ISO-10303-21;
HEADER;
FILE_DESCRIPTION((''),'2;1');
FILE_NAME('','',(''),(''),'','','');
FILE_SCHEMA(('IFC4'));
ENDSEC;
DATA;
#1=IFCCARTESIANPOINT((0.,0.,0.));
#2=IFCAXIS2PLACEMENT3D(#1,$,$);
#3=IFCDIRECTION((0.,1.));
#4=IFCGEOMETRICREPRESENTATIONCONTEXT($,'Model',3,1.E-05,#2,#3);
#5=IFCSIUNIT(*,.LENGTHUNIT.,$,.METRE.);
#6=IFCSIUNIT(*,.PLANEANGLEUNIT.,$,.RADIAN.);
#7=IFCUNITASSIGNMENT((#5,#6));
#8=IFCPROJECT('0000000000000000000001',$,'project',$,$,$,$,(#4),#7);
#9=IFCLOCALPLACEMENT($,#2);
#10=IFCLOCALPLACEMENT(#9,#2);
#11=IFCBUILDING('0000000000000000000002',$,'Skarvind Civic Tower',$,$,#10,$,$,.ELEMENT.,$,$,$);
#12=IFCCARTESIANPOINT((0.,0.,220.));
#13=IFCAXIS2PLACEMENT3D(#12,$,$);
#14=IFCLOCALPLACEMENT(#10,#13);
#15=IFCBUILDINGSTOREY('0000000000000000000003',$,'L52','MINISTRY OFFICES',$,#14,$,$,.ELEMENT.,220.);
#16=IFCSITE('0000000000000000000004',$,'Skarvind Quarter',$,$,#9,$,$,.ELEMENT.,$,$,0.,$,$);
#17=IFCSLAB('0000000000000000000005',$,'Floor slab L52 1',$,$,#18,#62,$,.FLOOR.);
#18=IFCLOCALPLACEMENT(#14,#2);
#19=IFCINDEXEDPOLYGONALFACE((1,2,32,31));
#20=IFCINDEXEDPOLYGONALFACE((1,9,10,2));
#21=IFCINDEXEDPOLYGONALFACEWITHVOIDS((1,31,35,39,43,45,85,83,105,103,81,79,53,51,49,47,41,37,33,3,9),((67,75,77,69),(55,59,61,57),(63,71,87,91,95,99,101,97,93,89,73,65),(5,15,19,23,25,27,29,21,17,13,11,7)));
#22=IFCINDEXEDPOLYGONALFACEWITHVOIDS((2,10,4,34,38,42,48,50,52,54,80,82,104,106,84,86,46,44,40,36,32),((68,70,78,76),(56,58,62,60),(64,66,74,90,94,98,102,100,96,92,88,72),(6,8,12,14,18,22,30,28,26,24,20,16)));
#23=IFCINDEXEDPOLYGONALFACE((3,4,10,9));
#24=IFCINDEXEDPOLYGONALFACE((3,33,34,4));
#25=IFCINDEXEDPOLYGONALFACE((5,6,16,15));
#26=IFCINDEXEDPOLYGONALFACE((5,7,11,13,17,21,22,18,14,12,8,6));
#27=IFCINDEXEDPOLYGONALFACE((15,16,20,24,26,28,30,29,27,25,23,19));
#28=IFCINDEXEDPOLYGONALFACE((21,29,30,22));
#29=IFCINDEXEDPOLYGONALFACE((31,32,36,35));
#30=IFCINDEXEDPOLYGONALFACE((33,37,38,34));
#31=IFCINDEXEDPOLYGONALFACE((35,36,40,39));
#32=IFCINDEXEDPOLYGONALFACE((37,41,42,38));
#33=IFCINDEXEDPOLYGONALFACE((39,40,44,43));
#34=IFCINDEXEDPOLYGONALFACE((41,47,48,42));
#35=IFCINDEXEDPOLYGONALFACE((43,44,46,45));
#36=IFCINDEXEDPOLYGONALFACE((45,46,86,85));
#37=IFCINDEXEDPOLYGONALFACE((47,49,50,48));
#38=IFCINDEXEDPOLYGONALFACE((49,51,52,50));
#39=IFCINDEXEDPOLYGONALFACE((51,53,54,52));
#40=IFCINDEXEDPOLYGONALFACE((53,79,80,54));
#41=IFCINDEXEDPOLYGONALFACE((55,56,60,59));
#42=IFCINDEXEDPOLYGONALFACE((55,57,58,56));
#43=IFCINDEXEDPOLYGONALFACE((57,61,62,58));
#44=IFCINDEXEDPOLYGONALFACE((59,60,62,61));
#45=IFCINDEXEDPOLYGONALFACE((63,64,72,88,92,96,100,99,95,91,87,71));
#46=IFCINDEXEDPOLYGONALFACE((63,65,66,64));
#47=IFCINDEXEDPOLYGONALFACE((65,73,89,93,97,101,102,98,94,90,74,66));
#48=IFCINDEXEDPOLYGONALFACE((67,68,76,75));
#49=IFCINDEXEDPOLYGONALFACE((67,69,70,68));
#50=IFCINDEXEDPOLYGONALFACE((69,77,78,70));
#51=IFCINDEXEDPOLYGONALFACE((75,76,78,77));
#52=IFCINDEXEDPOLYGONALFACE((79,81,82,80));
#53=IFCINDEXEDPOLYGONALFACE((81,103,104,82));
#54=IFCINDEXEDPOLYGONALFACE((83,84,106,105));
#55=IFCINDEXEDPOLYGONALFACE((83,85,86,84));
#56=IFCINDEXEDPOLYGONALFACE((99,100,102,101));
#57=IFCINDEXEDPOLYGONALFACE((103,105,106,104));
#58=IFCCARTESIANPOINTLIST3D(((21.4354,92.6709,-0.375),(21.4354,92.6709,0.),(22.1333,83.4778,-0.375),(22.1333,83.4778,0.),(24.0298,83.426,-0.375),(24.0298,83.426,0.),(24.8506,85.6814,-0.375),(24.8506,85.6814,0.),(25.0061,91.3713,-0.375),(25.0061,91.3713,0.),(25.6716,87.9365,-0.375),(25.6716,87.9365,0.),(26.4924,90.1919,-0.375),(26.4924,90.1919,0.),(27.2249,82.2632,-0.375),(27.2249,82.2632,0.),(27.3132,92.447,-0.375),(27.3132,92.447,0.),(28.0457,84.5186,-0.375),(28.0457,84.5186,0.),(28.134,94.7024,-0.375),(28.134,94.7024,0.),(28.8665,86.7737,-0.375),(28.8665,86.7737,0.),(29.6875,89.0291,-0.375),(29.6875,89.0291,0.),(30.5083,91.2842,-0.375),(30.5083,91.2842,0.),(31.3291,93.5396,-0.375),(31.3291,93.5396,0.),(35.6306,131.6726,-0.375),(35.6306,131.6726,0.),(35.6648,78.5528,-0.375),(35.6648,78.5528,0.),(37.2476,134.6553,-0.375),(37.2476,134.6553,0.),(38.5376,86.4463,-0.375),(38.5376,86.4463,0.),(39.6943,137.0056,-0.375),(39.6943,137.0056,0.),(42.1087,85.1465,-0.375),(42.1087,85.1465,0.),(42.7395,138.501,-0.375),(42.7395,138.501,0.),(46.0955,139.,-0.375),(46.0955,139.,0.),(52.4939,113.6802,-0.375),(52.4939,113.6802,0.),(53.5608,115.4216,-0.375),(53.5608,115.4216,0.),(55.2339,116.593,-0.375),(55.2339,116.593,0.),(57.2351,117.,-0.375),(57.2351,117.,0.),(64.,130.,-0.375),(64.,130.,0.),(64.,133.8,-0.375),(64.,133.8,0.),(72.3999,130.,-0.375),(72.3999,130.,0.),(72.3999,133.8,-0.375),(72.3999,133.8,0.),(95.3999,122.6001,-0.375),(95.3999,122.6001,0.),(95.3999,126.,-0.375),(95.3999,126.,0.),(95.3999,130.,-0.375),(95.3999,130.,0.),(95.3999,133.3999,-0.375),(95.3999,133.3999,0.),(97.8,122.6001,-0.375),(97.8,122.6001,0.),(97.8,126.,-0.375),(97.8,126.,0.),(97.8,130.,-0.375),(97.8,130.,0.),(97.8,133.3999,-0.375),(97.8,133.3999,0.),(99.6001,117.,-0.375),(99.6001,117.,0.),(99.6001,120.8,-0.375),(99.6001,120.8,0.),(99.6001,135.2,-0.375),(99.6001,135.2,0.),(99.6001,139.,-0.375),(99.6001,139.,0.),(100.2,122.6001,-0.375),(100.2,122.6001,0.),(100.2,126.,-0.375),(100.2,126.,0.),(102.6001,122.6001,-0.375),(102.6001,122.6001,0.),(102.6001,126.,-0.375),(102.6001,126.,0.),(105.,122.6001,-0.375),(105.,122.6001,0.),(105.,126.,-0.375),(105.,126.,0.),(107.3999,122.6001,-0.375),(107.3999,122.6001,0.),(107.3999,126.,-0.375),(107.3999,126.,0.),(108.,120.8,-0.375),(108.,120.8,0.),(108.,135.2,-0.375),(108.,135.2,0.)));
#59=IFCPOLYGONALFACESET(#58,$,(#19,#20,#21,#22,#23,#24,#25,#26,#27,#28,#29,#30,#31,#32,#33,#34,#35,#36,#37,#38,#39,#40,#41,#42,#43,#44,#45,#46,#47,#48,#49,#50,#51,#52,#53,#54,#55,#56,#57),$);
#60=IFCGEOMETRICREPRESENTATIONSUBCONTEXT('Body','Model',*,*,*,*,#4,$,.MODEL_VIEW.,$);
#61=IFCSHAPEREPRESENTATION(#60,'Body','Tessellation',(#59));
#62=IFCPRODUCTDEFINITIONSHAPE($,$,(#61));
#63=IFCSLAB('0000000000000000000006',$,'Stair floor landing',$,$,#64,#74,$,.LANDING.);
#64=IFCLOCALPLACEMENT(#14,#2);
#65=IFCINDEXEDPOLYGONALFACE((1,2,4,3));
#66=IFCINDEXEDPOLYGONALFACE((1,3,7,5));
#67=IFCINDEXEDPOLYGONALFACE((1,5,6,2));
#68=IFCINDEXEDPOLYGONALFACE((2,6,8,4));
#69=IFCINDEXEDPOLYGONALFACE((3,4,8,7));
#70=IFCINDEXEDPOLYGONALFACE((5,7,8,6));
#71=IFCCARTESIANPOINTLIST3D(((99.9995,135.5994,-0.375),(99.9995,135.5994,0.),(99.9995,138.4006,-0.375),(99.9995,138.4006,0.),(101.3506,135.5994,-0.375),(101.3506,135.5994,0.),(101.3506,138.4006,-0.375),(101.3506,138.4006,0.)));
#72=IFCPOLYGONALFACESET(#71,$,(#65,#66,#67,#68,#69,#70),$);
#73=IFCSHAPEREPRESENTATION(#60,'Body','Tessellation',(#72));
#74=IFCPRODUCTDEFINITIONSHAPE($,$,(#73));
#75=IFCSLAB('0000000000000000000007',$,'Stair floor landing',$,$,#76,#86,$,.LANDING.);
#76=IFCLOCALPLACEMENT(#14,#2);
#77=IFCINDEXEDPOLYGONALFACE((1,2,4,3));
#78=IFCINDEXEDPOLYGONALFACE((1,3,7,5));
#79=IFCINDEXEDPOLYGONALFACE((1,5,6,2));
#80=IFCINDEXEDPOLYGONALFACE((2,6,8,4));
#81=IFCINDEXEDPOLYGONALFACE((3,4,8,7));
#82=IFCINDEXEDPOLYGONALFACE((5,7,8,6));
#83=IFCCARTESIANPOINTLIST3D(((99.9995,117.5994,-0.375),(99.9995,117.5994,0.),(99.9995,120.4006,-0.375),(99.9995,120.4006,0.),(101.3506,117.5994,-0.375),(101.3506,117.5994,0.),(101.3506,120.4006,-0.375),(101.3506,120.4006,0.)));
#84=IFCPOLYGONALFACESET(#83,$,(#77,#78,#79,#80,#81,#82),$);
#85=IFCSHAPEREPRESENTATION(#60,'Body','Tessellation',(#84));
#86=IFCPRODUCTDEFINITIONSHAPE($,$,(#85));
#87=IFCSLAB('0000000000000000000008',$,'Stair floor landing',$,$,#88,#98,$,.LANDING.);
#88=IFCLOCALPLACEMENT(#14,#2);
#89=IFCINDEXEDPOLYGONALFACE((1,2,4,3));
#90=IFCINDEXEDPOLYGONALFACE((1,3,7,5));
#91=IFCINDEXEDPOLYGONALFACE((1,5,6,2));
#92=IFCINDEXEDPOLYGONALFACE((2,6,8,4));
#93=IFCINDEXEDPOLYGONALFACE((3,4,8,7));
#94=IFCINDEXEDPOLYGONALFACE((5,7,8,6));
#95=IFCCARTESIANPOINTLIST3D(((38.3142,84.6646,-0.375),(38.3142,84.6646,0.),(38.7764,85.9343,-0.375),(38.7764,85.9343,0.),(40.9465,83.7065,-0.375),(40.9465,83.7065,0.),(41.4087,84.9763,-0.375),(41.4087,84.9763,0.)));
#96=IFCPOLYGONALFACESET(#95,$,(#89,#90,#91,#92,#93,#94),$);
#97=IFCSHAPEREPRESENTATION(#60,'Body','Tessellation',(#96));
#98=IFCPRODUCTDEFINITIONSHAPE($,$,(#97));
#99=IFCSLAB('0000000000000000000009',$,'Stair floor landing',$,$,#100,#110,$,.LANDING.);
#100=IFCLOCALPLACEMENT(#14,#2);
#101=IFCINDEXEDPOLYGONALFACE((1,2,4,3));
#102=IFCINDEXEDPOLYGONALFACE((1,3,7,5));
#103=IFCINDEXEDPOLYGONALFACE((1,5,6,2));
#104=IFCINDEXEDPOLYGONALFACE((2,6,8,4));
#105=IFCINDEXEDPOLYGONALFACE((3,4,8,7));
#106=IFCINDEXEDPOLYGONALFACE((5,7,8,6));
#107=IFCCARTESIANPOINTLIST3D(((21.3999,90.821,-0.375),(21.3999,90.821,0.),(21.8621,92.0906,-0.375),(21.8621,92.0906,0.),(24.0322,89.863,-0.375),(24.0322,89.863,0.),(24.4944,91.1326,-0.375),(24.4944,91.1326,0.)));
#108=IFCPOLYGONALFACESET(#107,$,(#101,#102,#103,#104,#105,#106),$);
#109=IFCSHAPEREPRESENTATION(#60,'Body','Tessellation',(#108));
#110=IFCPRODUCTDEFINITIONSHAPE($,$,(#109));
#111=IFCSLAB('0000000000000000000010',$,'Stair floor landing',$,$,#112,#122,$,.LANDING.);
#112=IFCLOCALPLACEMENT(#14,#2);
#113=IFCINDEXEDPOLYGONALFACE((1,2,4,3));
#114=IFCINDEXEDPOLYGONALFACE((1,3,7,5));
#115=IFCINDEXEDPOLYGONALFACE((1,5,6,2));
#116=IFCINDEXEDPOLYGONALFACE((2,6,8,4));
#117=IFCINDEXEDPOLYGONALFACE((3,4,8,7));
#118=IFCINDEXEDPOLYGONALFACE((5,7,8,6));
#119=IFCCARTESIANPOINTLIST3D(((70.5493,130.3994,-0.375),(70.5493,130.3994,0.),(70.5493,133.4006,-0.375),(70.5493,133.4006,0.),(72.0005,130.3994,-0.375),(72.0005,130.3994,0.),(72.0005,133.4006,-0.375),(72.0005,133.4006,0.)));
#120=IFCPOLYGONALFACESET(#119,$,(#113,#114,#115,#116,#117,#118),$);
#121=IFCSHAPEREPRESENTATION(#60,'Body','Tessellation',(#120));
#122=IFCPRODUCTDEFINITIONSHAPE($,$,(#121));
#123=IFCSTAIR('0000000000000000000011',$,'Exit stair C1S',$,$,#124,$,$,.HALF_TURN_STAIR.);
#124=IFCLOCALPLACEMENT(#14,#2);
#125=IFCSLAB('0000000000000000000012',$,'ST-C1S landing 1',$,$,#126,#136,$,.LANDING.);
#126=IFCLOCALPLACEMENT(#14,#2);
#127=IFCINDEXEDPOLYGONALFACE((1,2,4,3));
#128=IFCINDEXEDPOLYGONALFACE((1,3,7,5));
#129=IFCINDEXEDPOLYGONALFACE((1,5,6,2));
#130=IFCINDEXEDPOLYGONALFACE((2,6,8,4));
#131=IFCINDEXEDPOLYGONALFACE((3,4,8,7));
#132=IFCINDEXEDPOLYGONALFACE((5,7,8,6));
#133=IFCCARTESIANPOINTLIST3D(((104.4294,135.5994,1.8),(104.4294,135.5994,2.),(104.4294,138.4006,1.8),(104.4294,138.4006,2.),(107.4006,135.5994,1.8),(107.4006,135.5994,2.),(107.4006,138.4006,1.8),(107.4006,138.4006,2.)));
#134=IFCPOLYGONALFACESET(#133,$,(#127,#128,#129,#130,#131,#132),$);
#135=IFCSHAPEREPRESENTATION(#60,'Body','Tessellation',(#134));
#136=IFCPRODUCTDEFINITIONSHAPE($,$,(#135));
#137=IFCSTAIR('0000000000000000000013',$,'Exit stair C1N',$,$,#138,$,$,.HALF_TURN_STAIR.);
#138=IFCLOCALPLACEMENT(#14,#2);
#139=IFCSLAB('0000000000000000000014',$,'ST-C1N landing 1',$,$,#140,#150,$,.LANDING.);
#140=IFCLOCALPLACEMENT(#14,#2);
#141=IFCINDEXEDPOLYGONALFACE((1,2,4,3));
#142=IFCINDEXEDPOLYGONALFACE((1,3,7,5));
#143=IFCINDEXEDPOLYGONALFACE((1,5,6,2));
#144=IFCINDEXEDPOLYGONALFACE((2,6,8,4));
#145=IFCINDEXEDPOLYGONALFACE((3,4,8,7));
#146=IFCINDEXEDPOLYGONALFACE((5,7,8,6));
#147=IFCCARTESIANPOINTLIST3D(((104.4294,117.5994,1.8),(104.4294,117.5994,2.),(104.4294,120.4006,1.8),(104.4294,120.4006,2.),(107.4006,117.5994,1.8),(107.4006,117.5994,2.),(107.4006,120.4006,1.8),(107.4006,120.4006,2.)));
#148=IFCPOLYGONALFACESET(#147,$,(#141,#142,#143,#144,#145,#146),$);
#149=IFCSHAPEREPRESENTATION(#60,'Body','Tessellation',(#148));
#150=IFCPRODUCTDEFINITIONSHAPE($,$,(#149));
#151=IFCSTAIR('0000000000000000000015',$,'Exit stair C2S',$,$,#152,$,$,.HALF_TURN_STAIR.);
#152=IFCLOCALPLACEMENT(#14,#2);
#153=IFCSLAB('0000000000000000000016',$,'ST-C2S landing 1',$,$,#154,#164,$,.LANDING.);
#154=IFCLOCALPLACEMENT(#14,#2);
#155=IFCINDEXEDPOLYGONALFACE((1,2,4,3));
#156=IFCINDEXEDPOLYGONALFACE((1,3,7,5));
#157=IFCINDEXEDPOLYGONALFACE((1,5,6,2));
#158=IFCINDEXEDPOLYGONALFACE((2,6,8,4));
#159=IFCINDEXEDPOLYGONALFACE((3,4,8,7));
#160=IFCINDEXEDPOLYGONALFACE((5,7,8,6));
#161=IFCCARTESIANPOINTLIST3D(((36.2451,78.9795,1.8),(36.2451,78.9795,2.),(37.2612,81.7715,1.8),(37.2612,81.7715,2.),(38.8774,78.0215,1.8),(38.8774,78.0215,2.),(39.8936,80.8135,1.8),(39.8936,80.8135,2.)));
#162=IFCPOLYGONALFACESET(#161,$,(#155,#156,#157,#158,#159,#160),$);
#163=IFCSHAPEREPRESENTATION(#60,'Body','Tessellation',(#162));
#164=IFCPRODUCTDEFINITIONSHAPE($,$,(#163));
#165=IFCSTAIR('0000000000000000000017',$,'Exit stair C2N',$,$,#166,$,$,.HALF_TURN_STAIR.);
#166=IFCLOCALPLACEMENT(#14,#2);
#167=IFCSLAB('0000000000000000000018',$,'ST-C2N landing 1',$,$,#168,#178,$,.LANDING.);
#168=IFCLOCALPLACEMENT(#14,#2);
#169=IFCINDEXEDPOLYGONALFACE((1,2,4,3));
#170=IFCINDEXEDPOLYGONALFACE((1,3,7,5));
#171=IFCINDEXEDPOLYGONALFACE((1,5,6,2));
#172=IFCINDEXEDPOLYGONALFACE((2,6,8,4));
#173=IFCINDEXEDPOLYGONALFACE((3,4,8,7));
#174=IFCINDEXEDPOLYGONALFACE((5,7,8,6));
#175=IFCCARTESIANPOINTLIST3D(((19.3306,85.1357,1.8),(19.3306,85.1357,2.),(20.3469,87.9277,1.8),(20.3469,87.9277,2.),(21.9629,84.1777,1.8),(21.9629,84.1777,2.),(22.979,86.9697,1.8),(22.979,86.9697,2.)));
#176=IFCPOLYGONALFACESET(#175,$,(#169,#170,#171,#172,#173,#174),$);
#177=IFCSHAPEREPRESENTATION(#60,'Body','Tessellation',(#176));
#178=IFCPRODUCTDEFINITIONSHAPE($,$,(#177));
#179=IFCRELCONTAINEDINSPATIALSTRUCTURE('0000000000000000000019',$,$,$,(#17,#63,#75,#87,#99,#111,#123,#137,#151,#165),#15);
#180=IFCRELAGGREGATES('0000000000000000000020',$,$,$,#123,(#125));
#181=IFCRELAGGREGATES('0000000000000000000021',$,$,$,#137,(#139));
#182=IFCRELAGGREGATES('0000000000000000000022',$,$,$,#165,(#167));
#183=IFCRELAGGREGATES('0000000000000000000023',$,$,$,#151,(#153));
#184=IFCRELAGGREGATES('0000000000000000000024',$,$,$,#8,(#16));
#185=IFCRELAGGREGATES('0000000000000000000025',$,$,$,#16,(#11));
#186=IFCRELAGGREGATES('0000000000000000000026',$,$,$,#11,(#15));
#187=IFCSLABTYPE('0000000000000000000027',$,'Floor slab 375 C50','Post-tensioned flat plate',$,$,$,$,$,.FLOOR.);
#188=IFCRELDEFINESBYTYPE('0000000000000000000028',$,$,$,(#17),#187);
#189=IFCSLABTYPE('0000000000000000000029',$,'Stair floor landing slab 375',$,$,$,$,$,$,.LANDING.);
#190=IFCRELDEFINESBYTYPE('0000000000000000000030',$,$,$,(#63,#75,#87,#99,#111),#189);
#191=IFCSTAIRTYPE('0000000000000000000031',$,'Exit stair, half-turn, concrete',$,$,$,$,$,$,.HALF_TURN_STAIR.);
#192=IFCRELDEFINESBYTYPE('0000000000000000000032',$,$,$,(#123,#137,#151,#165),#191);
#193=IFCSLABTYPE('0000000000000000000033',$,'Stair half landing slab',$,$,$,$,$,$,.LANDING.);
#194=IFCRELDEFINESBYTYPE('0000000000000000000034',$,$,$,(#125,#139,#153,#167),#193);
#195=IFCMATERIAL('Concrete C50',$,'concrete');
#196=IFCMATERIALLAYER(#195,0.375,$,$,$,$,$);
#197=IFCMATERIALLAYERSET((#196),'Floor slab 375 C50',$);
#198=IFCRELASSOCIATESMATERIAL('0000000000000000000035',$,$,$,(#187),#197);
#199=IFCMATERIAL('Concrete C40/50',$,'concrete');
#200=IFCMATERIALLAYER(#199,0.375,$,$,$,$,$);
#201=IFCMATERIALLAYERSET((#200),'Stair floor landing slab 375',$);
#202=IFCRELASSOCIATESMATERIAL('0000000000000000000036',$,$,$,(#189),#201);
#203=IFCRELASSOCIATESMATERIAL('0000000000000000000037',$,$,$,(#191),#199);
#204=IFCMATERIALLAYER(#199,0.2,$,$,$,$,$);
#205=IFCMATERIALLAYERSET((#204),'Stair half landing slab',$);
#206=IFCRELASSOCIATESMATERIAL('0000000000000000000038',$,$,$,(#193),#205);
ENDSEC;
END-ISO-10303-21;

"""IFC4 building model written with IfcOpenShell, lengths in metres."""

from ifc_helpers import new_model, si_unit, direction, frame, origin, place, context, subcontext, project, spatial, polyline, outline, extrude, material, layer, layer_set, type_object, element, aggregate, save


model = new_model("IFC4")

# Units and contexts
model_context = context("Model", 3, precision=1e-05, world=origin(), true_north=direction((0.0, 1.0)))
body_context = subcontext(model_context, "Body", "Model", "MODEL_VIEW")
ifc_project = project(units=[si_unit("LENGTHUNIT", "METRE"), si_unit("PLANEANGLEUNIT", "RADIAN")], contexts=[model_context])

# Site, building, storey
site_placement = place(None, origin())
site = spatial("IfcSite", under=ifc_project, at=site_placement, Name="Skarvind Quarter", CompositionType="ELEMENT", RefElevation=0.0)
building_placement = place(site_placement, origin())
building = spatial("IfcBuilding", under=site, at=building_placement, Name="Skarvind Civic Tower", CompositionType="ELEMENT")
storey_placement = place(building_placement, frame((0.0, 0.0, 220.0)))
storey = spatial("IfcBuildingStorey", under=building, at=storey_placement, Name="L52", Description="MINISTRY OFFICES", CompositionType="ELEMENT", Elevation=220.0)

# Slabs
ifc_material_1 = material(Name="Concrete C50", Category="concrete")
ifc_layer_1 = layer(ifc_material_1, 0.375)
ifc_layer_set_1 = layer_set([ifc_layer_1], Name="Floor slab 375 C50")
slab_type_1 = type_object("IfcSlabType", Name="Floor slab 375 C50", Description="Post-tensioned flat plate", PredefinedType="FLOOR", material=ifc_layer_set_1)
slab_1_placement = place(storey_placement, frame((0.0, 0.0, -0.375)))
element("IfcSlab", 1, at=slab_1_placement, inside=storey, type_object=slab_type_1, Name="Floor slab L52 1", PredefinedType="FLOOR", context=body_context, shape_type="SweptSolid", body=[
    extrude(outline(polyline([(99.6001, 117.0), (99.6001, 120.8), (108.0, 120.8), (108.0, 135.2), (99.6001, 135.2), (99.6001, 139.0), (46.0955, 139.0), (42.7395, 138.501), (39.6943, 137.0056), (37.2476, 134.6553), (35.6306, 131.6726), (19.4175, 87.1267), (21.4353, 92.6709), (25.0061, 91.3713), (22.1333, 83.4778), (36.8865, 78.1082), (35.6648, 78.5527), (38.5376, 86.4463), (42.1086, 85.1465), (40.0908, 79.6023), (40.0908, 79.6023), (52.4939, 113.6802), (53.5608, 115.4216), (55.2339, 116.593), (57.2351, 117.0), (99.6001, 117.0)]), holes=[polyline([(25.6716, 87.9365), (26.4924, 90.1919), (27.3132, 92.447), (28.134, 94.7024), (31.3291, 93.5396), (30.5083, 91.2842), (29.6875, 89.0291), (28.8665, 86.7737), (28.8665, 86.7737), (28.0457, 84.5186), (27.2249, 82.2632), (24.0298, 83.426), (24.8506, 85.6814), (25.6716, 87.9365), (25.6716, 87.9365)]), polyline([(64.0, 130.0), (64.0, 133.8), (72.3999, 133.8), (72.3999, 130.0), (64.0, 130.0)]), polyline([(97.8, 126.0), (100.2, 126.0), (102.6001, 126.0), (105.0, 126.0), (107.3999, 126.0), (107.3999, 122.6001), (105.0, 122.6001), (102.6001, 122.6001), (100.2, 122.6001), (97.8, 122.6001), (95.3999, 122.6001), (95.3999, 126.0), (97.8, 126.0)]), polyline([(97.8, 133.3999), (97.8, 130.0), (95.3999, 130.0), (95.3999, 133.3999), (97.8, 133.3999)])]), origin(), (0.0, 0.0, 1.0), 0.375),
])
ifc_material_2 = material(Name="Concrete C40/50", Category="concrete")
ifc_layer_2 = layer(ifc_material_2, 0.375)
ifc_layer_set_2 = layer_set([ifc_layer_2], Name="Stair floor landing slab 375")
slab_type_2 = type_object("IfcSlabType", Name="Stair floor landing slab 375", PredefinedType="LANDING", material=ifc_layer_set_2)
slab_2_placement = place(storey_placement, frame((0.0, 0.0, -0.375)))
element("IfcSlab", 2, at=slab_2_placement, inside=storey, type_object=slab_type_2, Name="Stair floor landing", PredefinedType="LANDING", context=body_context, shape_type="SweptSolid", body=[
    extrude(outline(polyline([(101.3506, 138.4006), (101.3506, 135.5994), (99.9995, 135.5994), (99.9995, 138.4006), (101.3506, 138.4006)])), origin(), (0.0, 0.0, 1.0), 0.375),
])
slab_3_placement = place(storey_placement, frame((0.0, 0.0, -0.375)))
element("IfcSlab", 3, at=slab_3_placement, inside=storey, type_object=slab_type_2, Name="Stair floor landing", PredefinedType="LANDING", context=body_context, shape_type="SweptSolid", body=[
    extrude(outline(polyline([(101.3506, 120.4006), (101.3506, 117.5994), (99.9995, 117.5994), (99.9995, 120.4006), (101.3506, 120.4006)])), origin(), (0.0, 0.0, 1.0), 0.375),
])
slab_4_placement = place(storey_placement, frame((0.0, 0.0, -0.375)))
element("IfcSlab", 4, at=slab_4_placement, inside=storey, type_object=slab_type_2, Name="Stair floor landing", PredefinedType="LANDING", context=body_context, shape_type="SweptSolid", body=[
    extrude(outline(polyline([(40.9465, 83.7065), (38.3142, 84.6646), (38.7764, 85.9343), (41.4087, 84.9763), (40.9465, 83.7065)])), origin(), (0.0, 0.0, 1.0), 0.375),
])
slab_5_placement = place(storey_placement, frame((0.0, 0.0, -0.375)))
element("IfcSlab", 5, at=slab_5_placement, inside=storey, type_object=slab_type_2, Name="Stair floor landing", PredefinedType="LANDING", context=body_context, shape_type="SweptSolid", body=[
    extrude(outline(polyline([(24.0322, 89.863), (21.3999, 90.821), (21.8621, 92.0906), (24.4944, 91.1326), (24.0322, 89.863)])), origin(), (0.0, 0.0, 1.0), 0.375),
])
slab_6_placement = place(storey_placement, frame((0.0, 0.0, -0.375)))
element("IfcSlab", 6, at=slab_6_placement, inside=storey, type_object=slab_type_2, Name="Stair floor landing", PredefinedType="LANDING", context=body_context, shape_type="SweptSolid", body=[
    extrude(outline(polyline([(70.5493, 130.3994), (70.5493, 133.4006), (72.0005, 133.4006), (72.0005, 130.3994), (70.5493, 130.3994)])), origin(), (0.0, 0.0, 1.0), 0.375),
])

# Stairs, slabs
stair_type_1 = type_object("IfcStairType", Name="Exit stair, half-turn, concrete", PredefinedType="HALF_TURN_STAIR", material=ifc_material_2)
stair_1_placement = place(storey_placement, origin())
stair_1 = element("IfcStair", 7, at=stair_1_placement, inside=storey, type_object=stair_type_1, Name="Exit stair C1S", PredefinedType="HALF_TURN_STAIR")
ifc_layer_3 = layer(ifc_material_2, 0.2)
ifc_layer_set_3 = layer_set([ifc_layer_3], Name="Stair half landing slab")
slab_type_3 = type_object("IfcSlabType", Name="Stair half landing slab", PredefinedType="LANDING", material=ifc_layer_set_3)
slab_7_placement = place(storey_placement, frame((0.0, 0.0, 1.8)))
slab_7 = element("IfcSlab", 8, at=slab_7_placement, type_object=slab_type_3, Name="ST-C1S landing 1", PredefinedType="LANDING", context=body_context, shape_type="SweptSolid", body=[
    extrude(outline(polyline([(104.4294, 135.5994), (104.4294, 138.4006), (107.4006, 138.4006), (107.4006, 135.5994), (104.4294, 135.5994)])), origin(), (0.0, 0.0, 1.0), 0.2),
])
aggregate(stair_1, [slab_7])
stair_2_placement = place(storey_placement, origin())
stair_2 = element("IfcStair", 9, at=stair_2_placement, inside=storey, type_object=stair_type_1, Name="Exit stair C1N", PredefinedType="HALF_TURN_STAIR")
slab_8_placement = place(storey_placement, frame((0.0, 0.0, 1.8)))
slab_8 = element("IfcSlab", 10, at=slab_8_placement, type_object=slab_type_3, Name="ST-C1N landing 1", PredefinedType="LANDING", context=body_context, shape_type="SweptSolid", body=[
    extrude(outline(polyline([(104.4294, 117.5994), (104.4294, 120.4006), (107.4006, 120.4006), (107.4006, 117.5994), (104.4294, 117.5994)])), origin(), (0.0, 0.0, 1.0), 0.2),
])
aggregate(stair_2, [slab_8])
stair_3_placement = place(storey_placement, origin())
stair_3 = element("IfcStair", 11, at=stair_3_placement, inside=storey, type_object=stair_type_1, Name="Exit stair C2S", PredefinedType="HALF_TURN_STAIR")
slab_9_placement = place(storey_placement, frame((0.0, 0.0, 1.8)))
slab_9 = element("IfcSlab", 12, at=slab_9_placement, type_object=slab_type_3, Name="ST-C2S landing 1", PredefinedType="LANDING", context=body_context, shape_type="SweptSolid", body=[
    extrude(outline(polyline([(37.2612, 81.7715), (39.8936, 80.8135), (38.8774, 78.0215), (36.2451, 78.9795), (37.2612, 81.7715)])), origin(), (0.0, 0.0, 1.0), 0.2),
])
stair_4_placement = place(storey_placement, origin())
stair_4 = element("IfcStair", 13, at=stair_4_placement, inside=storey, type_object=stair_type_1, Name="Exit stair C2N", PredefinedType="HALF_TURN_STAIR")
slab_10_placement = place(storey_placement, frame((0.0, 0.0, 1.8)))
slab_10 = element("IfcSlab", 14, at=slab_10_placement, type_object=slab_type_3, Name="ST-C2N landing 1", PredefinedType="LANDING", context=body_context, shape_type="SweptSolid", body=[
    extrude(outline(polyline([(20.3469, 87.9277), (22.979, 86.9697), (21.9629, 84.1777), (19.3306, 85.1357), (20.3469, 87.9277)])), origin(), (0.0, 0.0, 1.0), 0.2),
])
aggregate(stair_4, [slab_10])

aggregate(stair_3, [slab_9])

save(model, "model.ifc")
